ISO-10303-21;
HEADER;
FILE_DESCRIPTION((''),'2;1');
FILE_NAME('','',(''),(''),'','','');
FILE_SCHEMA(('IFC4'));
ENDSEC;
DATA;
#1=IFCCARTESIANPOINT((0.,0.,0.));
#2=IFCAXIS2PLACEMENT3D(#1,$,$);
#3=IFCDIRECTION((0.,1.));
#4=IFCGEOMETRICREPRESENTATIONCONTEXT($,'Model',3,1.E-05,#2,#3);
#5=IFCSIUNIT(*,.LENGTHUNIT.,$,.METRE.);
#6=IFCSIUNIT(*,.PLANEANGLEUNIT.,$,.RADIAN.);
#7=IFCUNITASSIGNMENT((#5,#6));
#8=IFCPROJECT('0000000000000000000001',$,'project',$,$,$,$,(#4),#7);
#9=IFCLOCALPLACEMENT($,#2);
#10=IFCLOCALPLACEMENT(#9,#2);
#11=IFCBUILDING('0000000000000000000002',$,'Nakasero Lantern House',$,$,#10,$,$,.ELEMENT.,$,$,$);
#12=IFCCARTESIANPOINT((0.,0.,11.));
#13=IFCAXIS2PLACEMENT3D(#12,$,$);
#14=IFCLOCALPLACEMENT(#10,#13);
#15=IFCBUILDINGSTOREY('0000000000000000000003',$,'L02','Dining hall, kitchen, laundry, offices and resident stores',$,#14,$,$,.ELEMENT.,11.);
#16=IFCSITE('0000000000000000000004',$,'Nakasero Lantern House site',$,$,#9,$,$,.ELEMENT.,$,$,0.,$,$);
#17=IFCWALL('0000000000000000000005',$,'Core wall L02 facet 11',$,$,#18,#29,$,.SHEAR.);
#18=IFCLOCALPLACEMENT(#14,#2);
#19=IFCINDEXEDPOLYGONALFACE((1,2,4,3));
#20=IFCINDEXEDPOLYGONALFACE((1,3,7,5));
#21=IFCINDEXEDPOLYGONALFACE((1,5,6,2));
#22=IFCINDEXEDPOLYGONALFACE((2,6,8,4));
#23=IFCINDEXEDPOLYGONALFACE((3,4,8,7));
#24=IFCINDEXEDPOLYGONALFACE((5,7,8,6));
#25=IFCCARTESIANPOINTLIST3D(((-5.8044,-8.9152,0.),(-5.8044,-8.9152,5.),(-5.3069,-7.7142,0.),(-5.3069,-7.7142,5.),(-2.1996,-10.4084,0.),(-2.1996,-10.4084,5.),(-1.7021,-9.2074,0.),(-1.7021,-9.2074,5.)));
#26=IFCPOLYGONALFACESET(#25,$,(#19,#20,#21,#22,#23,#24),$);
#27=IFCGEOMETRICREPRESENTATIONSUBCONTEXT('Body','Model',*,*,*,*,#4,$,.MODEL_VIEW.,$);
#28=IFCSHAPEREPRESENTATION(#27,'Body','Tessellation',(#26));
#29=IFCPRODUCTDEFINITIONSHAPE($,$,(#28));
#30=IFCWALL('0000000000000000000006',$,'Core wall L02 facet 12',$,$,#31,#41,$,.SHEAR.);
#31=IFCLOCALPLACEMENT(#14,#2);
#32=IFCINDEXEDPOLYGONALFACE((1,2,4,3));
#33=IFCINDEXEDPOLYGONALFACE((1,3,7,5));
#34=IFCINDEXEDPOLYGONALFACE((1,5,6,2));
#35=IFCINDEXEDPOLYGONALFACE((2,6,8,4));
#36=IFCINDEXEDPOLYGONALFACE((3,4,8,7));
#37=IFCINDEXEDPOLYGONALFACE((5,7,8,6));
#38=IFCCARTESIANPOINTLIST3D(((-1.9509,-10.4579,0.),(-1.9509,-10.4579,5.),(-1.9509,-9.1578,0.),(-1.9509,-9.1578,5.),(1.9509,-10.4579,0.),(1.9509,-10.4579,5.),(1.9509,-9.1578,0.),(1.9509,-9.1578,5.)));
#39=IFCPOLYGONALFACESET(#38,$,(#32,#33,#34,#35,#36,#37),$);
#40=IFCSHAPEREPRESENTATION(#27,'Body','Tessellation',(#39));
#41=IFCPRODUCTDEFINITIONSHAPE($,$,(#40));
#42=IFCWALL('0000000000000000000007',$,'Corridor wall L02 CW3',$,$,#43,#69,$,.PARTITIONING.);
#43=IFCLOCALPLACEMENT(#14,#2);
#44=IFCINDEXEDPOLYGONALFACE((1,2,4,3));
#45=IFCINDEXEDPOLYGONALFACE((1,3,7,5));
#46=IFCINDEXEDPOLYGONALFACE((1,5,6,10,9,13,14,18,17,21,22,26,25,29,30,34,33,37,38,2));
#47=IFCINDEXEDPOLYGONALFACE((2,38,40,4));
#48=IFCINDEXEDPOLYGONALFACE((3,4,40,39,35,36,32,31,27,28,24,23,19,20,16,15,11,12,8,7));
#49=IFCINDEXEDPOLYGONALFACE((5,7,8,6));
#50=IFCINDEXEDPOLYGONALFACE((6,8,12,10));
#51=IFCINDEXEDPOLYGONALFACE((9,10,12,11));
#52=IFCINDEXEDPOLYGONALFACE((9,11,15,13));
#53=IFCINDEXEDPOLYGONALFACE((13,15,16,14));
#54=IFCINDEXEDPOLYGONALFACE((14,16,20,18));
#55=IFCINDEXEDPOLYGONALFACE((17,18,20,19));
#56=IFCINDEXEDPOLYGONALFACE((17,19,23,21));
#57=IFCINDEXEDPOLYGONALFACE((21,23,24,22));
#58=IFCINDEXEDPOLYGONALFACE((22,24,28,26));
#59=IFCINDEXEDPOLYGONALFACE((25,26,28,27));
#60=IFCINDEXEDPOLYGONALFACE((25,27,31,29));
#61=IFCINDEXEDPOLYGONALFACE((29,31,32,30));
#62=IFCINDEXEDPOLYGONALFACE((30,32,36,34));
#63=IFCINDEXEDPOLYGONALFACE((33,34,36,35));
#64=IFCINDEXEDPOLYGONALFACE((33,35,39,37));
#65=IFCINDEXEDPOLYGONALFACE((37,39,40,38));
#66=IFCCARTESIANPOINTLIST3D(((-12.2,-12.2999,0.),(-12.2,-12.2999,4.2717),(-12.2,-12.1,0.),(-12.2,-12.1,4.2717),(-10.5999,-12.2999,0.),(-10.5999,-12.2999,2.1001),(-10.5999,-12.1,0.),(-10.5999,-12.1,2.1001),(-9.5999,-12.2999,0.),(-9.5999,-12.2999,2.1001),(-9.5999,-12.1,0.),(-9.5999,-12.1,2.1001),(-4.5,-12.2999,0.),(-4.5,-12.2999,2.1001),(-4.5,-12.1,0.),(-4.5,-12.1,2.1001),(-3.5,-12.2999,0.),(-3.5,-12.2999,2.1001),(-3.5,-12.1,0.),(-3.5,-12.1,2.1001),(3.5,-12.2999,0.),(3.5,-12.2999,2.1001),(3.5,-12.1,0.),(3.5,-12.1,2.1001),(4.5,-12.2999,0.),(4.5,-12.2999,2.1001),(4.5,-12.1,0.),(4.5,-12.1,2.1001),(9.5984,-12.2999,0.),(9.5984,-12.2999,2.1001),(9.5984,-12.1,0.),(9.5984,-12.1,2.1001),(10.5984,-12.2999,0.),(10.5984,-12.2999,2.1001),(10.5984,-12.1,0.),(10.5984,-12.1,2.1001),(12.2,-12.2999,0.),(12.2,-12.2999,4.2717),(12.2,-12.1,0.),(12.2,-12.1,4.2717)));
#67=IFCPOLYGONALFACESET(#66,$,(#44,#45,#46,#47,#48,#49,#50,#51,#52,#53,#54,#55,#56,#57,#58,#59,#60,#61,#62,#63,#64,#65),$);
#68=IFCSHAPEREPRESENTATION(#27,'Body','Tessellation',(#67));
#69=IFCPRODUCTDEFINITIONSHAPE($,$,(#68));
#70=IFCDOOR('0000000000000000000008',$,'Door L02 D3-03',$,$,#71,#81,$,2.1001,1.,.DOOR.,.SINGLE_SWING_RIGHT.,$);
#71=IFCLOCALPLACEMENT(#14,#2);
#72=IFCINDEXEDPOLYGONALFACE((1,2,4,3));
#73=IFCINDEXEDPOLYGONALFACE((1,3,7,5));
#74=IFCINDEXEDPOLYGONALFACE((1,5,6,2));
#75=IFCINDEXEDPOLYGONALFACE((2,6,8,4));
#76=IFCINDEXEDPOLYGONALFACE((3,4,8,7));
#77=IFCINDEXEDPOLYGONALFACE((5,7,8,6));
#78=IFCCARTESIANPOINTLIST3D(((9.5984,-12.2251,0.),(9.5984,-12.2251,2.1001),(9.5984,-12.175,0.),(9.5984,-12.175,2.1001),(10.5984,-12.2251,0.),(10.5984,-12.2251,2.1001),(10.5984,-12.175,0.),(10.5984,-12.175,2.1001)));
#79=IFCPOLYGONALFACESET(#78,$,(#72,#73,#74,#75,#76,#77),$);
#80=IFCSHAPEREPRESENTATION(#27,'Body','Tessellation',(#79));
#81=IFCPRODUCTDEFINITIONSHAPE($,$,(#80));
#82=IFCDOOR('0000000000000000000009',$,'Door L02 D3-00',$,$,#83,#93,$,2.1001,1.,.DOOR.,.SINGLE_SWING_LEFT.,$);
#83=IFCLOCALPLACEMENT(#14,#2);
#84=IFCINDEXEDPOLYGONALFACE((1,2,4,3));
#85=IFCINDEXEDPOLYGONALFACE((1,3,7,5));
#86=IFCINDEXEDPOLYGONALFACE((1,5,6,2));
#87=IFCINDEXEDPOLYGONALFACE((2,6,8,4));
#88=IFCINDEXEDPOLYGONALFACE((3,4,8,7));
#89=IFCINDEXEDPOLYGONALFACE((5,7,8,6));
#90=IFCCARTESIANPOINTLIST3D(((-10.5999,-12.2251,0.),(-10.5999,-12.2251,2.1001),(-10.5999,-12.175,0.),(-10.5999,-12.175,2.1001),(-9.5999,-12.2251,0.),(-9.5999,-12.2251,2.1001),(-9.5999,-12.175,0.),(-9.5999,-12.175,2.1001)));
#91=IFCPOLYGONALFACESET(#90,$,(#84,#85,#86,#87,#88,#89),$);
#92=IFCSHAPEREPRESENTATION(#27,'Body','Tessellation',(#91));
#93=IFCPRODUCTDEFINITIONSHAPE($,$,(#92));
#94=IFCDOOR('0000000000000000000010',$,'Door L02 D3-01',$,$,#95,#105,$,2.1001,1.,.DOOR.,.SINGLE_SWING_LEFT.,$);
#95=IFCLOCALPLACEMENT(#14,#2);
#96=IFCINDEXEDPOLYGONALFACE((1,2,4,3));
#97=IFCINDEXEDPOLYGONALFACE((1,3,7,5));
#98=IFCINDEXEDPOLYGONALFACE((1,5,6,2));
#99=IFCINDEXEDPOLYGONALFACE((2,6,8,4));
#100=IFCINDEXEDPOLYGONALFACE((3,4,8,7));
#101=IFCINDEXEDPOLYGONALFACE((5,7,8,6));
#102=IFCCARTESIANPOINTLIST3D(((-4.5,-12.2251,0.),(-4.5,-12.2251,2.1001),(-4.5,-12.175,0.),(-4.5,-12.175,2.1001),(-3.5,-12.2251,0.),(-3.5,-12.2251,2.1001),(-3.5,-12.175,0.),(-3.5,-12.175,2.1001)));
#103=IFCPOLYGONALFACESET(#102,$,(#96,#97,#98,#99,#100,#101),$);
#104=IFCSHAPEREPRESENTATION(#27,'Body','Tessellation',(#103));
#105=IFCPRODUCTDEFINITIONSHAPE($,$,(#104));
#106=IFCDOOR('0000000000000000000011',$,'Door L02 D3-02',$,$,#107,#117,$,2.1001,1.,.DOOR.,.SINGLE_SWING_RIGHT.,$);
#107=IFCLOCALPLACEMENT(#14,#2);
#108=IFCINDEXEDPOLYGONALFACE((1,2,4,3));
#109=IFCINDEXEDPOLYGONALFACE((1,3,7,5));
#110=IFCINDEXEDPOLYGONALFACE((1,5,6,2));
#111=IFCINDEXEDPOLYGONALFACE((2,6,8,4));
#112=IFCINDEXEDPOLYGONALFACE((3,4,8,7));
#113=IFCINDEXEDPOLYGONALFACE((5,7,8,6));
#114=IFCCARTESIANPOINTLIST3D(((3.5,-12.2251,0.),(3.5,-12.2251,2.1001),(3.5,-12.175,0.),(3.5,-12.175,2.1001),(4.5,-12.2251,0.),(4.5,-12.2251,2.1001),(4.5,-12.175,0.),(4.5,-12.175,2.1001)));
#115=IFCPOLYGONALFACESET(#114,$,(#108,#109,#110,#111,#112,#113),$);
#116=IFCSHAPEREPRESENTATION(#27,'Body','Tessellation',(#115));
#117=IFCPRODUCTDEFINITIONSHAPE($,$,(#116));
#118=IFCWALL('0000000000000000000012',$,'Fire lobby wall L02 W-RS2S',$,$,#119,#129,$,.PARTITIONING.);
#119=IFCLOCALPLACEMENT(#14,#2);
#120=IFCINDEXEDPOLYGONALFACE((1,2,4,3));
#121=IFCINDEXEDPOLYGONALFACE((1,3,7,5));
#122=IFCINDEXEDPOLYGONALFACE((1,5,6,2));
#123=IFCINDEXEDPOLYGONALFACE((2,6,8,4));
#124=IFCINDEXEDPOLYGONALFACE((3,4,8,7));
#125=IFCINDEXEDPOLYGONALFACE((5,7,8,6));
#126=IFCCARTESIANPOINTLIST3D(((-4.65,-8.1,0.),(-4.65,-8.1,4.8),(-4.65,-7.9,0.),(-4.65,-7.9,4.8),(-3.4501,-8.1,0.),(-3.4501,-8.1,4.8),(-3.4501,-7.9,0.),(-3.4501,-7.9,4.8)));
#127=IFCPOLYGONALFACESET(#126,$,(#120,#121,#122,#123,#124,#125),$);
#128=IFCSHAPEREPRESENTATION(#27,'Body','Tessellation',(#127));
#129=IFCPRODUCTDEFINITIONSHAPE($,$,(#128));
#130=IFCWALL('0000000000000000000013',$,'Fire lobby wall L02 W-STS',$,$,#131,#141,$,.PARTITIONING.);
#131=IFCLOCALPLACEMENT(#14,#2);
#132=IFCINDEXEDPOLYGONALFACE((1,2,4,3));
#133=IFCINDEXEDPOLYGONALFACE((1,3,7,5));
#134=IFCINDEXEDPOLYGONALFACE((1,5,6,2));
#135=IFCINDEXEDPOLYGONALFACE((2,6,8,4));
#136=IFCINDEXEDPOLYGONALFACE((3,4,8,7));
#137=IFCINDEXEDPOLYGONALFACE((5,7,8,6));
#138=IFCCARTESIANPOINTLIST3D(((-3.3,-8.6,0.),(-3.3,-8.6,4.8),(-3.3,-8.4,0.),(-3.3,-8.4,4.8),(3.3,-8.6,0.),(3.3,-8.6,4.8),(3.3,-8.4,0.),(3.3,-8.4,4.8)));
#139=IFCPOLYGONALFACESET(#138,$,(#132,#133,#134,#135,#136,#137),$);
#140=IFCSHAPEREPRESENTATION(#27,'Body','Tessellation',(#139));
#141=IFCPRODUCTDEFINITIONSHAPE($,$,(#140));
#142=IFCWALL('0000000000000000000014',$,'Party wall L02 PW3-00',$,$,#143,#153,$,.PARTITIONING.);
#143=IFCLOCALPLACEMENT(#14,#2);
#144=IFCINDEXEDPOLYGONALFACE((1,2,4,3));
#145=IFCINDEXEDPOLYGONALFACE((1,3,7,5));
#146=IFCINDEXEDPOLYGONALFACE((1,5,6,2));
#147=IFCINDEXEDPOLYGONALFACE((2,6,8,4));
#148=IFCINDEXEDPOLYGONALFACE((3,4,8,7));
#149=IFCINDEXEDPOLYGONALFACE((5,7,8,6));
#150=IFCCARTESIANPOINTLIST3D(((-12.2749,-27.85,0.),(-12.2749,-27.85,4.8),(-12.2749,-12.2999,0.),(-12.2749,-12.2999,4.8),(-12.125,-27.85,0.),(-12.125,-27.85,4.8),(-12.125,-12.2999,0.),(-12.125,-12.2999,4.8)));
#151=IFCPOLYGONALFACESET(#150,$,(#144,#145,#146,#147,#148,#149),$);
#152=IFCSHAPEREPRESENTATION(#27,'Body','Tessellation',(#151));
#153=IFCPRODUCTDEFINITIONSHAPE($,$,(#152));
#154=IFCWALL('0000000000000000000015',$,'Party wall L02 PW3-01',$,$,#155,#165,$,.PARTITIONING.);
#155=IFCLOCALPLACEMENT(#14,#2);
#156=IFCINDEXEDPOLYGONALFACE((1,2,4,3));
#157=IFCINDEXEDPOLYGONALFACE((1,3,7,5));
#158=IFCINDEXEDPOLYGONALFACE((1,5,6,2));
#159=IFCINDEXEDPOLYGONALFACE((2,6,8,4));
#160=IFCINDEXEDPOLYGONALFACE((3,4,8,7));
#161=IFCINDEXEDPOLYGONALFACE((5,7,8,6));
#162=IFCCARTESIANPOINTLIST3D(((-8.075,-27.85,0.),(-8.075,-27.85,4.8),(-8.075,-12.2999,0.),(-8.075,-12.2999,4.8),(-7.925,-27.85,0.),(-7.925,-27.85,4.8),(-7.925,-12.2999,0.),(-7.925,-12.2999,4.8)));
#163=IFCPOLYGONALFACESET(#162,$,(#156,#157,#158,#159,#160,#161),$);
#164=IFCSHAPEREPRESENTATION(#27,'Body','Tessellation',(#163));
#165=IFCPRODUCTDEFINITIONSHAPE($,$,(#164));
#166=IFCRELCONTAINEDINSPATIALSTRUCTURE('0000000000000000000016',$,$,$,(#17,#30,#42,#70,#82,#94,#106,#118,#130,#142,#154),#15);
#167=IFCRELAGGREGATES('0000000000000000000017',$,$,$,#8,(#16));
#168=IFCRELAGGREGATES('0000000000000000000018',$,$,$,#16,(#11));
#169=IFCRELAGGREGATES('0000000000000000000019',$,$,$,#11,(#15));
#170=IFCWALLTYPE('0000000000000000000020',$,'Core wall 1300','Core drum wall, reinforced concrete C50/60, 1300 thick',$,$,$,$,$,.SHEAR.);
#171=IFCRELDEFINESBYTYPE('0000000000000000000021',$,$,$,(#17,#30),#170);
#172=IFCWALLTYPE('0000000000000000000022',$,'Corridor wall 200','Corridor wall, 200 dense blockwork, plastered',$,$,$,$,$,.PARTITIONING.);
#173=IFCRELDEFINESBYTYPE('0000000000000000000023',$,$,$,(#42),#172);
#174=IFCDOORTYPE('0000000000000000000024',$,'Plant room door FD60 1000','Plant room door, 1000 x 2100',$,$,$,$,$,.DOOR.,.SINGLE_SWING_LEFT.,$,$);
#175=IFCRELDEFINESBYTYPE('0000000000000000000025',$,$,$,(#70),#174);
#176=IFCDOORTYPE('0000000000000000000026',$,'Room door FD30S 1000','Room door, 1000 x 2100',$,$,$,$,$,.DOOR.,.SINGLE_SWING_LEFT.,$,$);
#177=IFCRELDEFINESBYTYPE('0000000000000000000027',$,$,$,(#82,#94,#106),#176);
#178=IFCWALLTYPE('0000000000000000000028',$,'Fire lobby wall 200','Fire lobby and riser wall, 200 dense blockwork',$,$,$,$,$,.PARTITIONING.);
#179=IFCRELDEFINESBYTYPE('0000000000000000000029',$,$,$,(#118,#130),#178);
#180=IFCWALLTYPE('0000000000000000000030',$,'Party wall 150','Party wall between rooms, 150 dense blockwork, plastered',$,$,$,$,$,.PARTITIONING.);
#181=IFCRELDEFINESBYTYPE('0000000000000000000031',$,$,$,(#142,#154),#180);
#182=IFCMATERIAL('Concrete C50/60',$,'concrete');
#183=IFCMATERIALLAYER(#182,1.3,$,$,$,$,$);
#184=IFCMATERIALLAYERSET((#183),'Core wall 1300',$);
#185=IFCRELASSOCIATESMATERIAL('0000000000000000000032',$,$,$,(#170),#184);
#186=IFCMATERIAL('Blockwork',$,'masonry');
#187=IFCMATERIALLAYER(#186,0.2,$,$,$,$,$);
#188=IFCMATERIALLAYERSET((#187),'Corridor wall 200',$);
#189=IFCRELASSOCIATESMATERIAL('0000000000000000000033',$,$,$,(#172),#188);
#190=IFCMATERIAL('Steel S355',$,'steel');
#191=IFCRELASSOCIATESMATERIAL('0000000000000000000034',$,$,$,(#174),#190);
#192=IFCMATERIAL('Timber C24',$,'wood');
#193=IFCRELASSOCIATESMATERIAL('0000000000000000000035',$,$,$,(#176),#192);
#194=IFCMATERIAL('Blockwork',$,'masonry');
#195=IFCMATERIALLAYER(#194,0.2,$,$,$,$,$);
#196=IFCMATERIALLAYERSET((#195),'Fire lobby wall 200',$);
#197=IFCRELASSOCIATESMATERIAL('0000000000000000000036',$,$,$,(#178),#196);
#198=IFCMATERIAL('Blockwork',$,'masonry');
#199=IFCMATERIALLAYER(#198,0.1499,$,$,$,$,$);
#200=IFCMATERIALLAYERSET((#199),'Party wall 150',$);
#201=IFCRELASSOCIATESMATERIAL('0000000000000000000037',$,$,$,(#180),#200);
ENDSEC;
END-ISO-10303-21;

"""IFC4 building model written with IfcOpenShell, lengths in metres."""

from ifc_helpers import new_model, si_unit, direction, frame, frame_2d, origin, place, context, subcontext, project, spatial, rectangle, extrude, material, layer, layer_set, type_object, element, fill, save


model = new_model("IFC4")

# Units and contexts
model_context = context("Model", 3, precision=1e-05, world=origin(), true_north=direction((0.0, 1.0)))
body_context = subcontext(model_context, "Body", "Model", "MODEL_VIEW")
ifc_project = project(units=[si_unit("LENGTHUNIT", "METRE"), si_unit("PLANEANGLEUNIT", "RADIAN")], contexts=[model_context])

# Site, building, storey
site_placement = place(None, origin())
site = spatial("IfcSite", under=ifc_project, at=site_placement, Name="Nakasero Lantern House site", CompositionType="ELEMENT", RefElevation=0.0)
building_placement = place(site_placement, origin())
building = spatial("IfcBuilding", under=site, at=building_placement, Name="Nakasero Lantern House", CompositionType="ELEMENT")
storey_placement = place(building_placement, frame((0.0, 0.0, 11.0)))
storey = spatial("IfcBuildingStorey", under=building, at=storey_placement, Name="L02", Description="Dining hall, kitchen, laundry, offices and resident stores", CompositionType="ELEMENT", Elevation=11.0)

# Walls
ifc_material_1 = material(Name="Concrete C50/60", Category="concrete")
ifc_layer_1 = layer(ifc_material_1, 1.3)
ifc_layer_set_1 = layer_set([ifc_layer_1], Name="Core wall 1300")
wall_type_1 = type_object("IfcWallType", Name="Core wall 1300", Description="Core drum wall, reinforced concrete C50/60, 1300 thick", PredefinedType="SHEAR", material=ifc_layer_set_1)
for number, where, z_axis, x_axis, name in (
    (1, (-5.5557, -8.3147, 0.0), (0.0, 0.0, 1.0), (0.923877, -0.382691, 0.0), "Core wall L02 facet 11"),
    (2, (-1.9509, -9.8079, 0.0), (0.0, 0.0, 1.0), (1.0, 0.0, 0.0), "Core wall L02 facet 12"),
):
    element("IfcWall", number, at=place(storey_placement, frame(where, z_axis=z_axis, x_axis=x_axis)), inside=storey, type_object=wall_type_1, Name=name, PredefinedType="SHEAR", context=body_context, shape_type="SweptSolid", body=[
        extrude(rectangle(XDim=3.9019, YDim=1.3, at=frame_2d((1.9509, 0.0))), origin(), (0.0, 0.0, 1.0), 5.0),
    ])

# Wall, openings, doors
ifc_material_2 = material(Name="Blockwork", Category="masonry")
ifc_layer_2 = layer(ifc_material_2, 0.2)
ifc_layer_set_2 = layer_set([ifc_layer_2], Name="Corridor wall 200")
wall_type_2 = type_object("IfcWallType", Name="Corridor wall 200", Description="Corridor wall, 200 dense blockwork, plastered", PredefinedType="PARTITIONING", material=ifc_layer_set_2)
wall_1_placement = place(storey_placement, frame((-12.2, -12.2, 0.0), z_axis=(0.0, 0.0, 1.0), x_axis=(1.0, 0.0, 0.0)))
wall_1 = element("IfcWall", 3, at=wall_1_placement, inside=storey, type_object=wall_type_2, Name="Corridor wall L02 CW3", PredefinedType="PARTITIONING", context=body_context, shape_type="SweptSolid", body=[
    extrude(rectangle(XDim=24.3999, YDim=0.2, at=frame_2d((12.2, 0.0))), origin(), (0.0, 0.0, 1.0), 4.2717),
])
opening_1_placement = place(wall_1_placement, frame((1.6001, 0.0, 0.0)))
opening_1 = element("IfcOpeningElement", 4, at=opening_1_placement, cuts=wall_1, PredefinedType="OPENING", context=body_context, shape_type="SweptSolid", body=[
    extrude(rectangle(XDim=1.0, YDim=2.1001, at=frame_2d((0.5, 1.05))), frame((0.0, 0.1199, 0.0), z_axis=(0.0, -1.0, 0.0), x_axis=(1.0, 0.0, 0.0)), (0.0, 0.0, 1.0), 0.24),
])
opening_2_placement = place(wall_1_placement, frame((7.7, 0.0, 0.0)))
opening_2 = element("IfcOpeningElement", 5, at=opening_2_placement, cuts=wall_1, PredefinedType="OPENING", context=body_context, shape_type="SweptSolid", body=[
    extrude(rectangle(XDim=1.0, YDim=2.1001, at=frame_2d((0.5, 1.05))), frame((0.0, 0.1199, 0.0), z_axis=(0.0, -1.0, 0.0), x_axis=(1.0, 0.0, 0.0)), (0.0, 0.0, 1.0), 0.24),
])
opening_3_placement = place(wall_1_placement, frame((15.7, 0.0, 0.0)))
opening_3 = element("IfcOpeningElement", 6, at=opening_3_placement, cuts=wall_1, PredefinedType="OPENING", context=body_context, shape_type="SweptSolid", body=[
    extrude(rectangle(XDim=1.0, YDim=2.1001, at=frame_2d((0.5, 1.05))), frame((0.0, 0.1199, 0.0), z_axis=(0.0, -1.0, 0.0), x_axis=(1.0, 0.0, 0.0)), (0.0, 0.0, 1.0), 0.24),
])
opening_4_placement = place(wall_1_placement, frame((21.7983, 0.0, 0.0)))
opening_4 = element("IfcOpeningElement", 7, at=opening_4_placement, cuts=wall_1, PredefinedType="OPENING", context=body_context, shape_type="SweptSolid", body=[
    extrude(rectangle(XDim=1.0, YDim=2.1001, at=frame_2d((0.5, 1.05))), frame((0.0, 0.1199, 0.0), z_axis=(0.0, -1.0, 0.0), x_axis=(1.0, 0.0, 0.0)), (0.0, 0.0, 1.0), 0.24),
])
ifc_material_3 = material(Name="Steel S355", Category="steel")
door_type_1 = type_object("IfcDoorType", Name="Plant room door FD60 1000", Description="Plant room door, 1000 x 2100", OperationType="SINGLE_SWING_LEFT", PredefinedType="DOOR", material=ifc_material_3)
door_1_placement = place(opening_4_placement, origin())
door_1 = element("IfcDoor", 8, at=door_1_placement, inside=storey, type_object=door_type_1, Name="Door L02 D3-03", OperationType="SINGLE_SWING_RIGHT", OverallHeight=2.1001, OverallWidth=1.0, PredefinedType="DOOR", context=body_context, shape_type="SweptSolid", body=[
    extrude(rectangle(XDim=1.0, YDim=2.1001, at=frame_2d((0.5, 1.05))), frame((0.0, 0.0249, 0.0), z_axis=(0.0, -1.0, 0.0), x_axis=(1.0, 0.0, 0.0)), (0.0, 0.0, 1.0), 0.05),
])
fill(opening_4, door_1)
ifc_material_4 = material(Name="Timber C24", Category="wood")
door_type_2 = type_object("IfcDoorType", Name="Room door FD30S 1000", Description="Room door, 1000 x 2100", OperationType="SINGLE_SWING_LEFT", PredefinedType="DOOR", material=ifc_material_4)
door_2_placement = place(opening_1_placement, origin())
door_2 = element("IfcDoor", 9, at=door_2_placement, inside=storey, type_object=door_type_2, Name="Door L02 D3-00", OperationType="SINGLE_SWING_LEFT", OverallHeight=2.1001, OverallWidth=1.0, PredefinedType="DOOR", context=body_context, shape_type="SweptSolid", body=[
    extrude(rectangle(XDim=1.0, YDim=2.1001, at=frame_2d((0.5, 1.05))), frame((0.0, 0.0249, 0.0), z_axis=(0.0, -1.0, 0.0), x_axis=(1.0, 0.0, 0.0)), (0.0, 0.0, 1.0), 0.05),
])
fill(opening_1, door_2)
door_3_placement = place(opening_2_placement, origin())
door_3 = element("IfcDoor", 10, at=door_3_placement, inside=storey, type_object=door_type_2, Name="Door L02 D3-01", OperationType="SINGLE_SWING_LEFT", OverallHeight=2.1001, OverallWidth=1.0, PredefinedType="DOOR", context=body_context, shape_type="SweptSolid", body=[
    extrude(rectangle(XDim=1.0, YDim=2.1001, at=frame_2d((0.5, 1.05))), frame((0.0, 0.0249, 0.0), z_axis=(0.0, -1.0, 0.0), x_axis=(1.0, 0.0, 0.0)), (0.0, 0.0, 1.0), 0.05),
])
fill(opening_2, door_3)
door_4_placement = place(opening_3_placement, origin())
door_4 = element("IfcDoor", 11, at=door_4_placement, inside=storey, type_object=door_type_2, Name="Door L02 D3-02", OperationType="SINGLE_SWING_RIGHT", OverallHeight=2.1001, OverallWidth=1.0, PredefinedType="DOOR", context=body_context, shape_type="SweptSolid", body=[
    extrude(rectangle(XDim=1.0, YDim=2.1001, at=frame_2d((0.5, 1.05))), frame((0.0, 0.0249, 0.0), z_axis=(0.0, -1.0, 0.0), x_axis=(1.0, 0.0, 0.0)), (0.0, 0.0, 1.0), 0.05),
])
fill(opening_3, door_4)

# Walls
ifc_material_5 = material(Name="Blockwork", Category="masonry")
ifc_layer_3 = layer(ifc_material_5, 0.2)
ifc_layer_set_3 = layer_set([ifc_layer_3], Name="Fire lobby wall 200")
wall_type_3 = type_object("IfcWallType", Name="Fire lobby wall 200", Description="Fire lobby and riser wall, 200 dense blockwork", PredefinedType="PARTITIONING", material=ifc_layer_set_3)
wall_2_placement = place(storey_placement, frame((-3.45, -8.0, 0.0), z_axis=(0.0, 0.0, 1.0), x_axis=(-1.0, 0.0, 0.0)))
element("IfcWall", 12, at=wall_2_placement, inside=storey, type_object=wall_type_3, Name="Fire lobby wall L02 W-RS2S", PredefinedType="PARTITIONING", context=body_context, shape_type="SweptSolid", body=[
    extrude(rectangle(XDim=1.2, YDim=0.2, at=frame_2d((0.6001, 0.0))), origin(), (0.0, 0.0, 1.0), 4.8),
])
wall_3_placement = place(storey_placement, frame((-3.3, -8.5, 0.0), z_axis=(0.0, 0.0, 1.0), x_axis=(1.0, 0.0, 0.0)))
element("IfcWall", 13, at=wall_3_placement, inside=storey, type_object=wall_type_3, Name="Fire lobby wall L02 W-STS", PredefinedType="PARTITIONING", context=body_context, shape_type="SweptSolid", body=[
    extrude(rectangle(XDim=6.6001, YDim=0.2, at=frame_2d((3.3, 0.0))), origin(), (0.0, 0.0, 1.0), 4.8),
])
ifc_material_6 = material(Name="Blockwork", Category="masonry")
ifc_layer_4 = layer(ifc_material_6, 0.1499)
ifc_layer_set_4 = layer_set([ifc_layer_4], Name="Party wall 150")
wall_type_4 = type_object("IfcWallType", Name="Party wall 150", Description="Party wall between rooms, 150 dense blockwork, plastered", PredefinedType="PARTITIONING", material=ifc_layer_set_4)
for number, where, z_axis, x_axis, name in (
    (14, (-12.2, -12.3, 0.0), (0.0, 0.0, 1.0), (0.0, -1.0, 0.0), "Party wall L02 PW3-00"),
    (15, (-8.0, -12.3, 0.0), (0.0, 0.0, 1.0), (0.0, -1.0, 0.0), "Party wall L02 PW3-01"),
):
    element("IfcWall", number, at=place(storey_placement, frame(where, z_axis=z_axis, x_axis=x_axis)), inside=storey, type_object=wall_type_4, Name=name, PredefinedType="PARTITIONING", context=body_context, shape_type="SweptSolid", body=[
        extrude(rectangle(XDim=15.55, YDim=0.1499, at=frame_2d((7.7749, 0.0))), origin(), (0.0, 0.0, 1.0), 4.8),
    ])

save(model, "model.ifc")
